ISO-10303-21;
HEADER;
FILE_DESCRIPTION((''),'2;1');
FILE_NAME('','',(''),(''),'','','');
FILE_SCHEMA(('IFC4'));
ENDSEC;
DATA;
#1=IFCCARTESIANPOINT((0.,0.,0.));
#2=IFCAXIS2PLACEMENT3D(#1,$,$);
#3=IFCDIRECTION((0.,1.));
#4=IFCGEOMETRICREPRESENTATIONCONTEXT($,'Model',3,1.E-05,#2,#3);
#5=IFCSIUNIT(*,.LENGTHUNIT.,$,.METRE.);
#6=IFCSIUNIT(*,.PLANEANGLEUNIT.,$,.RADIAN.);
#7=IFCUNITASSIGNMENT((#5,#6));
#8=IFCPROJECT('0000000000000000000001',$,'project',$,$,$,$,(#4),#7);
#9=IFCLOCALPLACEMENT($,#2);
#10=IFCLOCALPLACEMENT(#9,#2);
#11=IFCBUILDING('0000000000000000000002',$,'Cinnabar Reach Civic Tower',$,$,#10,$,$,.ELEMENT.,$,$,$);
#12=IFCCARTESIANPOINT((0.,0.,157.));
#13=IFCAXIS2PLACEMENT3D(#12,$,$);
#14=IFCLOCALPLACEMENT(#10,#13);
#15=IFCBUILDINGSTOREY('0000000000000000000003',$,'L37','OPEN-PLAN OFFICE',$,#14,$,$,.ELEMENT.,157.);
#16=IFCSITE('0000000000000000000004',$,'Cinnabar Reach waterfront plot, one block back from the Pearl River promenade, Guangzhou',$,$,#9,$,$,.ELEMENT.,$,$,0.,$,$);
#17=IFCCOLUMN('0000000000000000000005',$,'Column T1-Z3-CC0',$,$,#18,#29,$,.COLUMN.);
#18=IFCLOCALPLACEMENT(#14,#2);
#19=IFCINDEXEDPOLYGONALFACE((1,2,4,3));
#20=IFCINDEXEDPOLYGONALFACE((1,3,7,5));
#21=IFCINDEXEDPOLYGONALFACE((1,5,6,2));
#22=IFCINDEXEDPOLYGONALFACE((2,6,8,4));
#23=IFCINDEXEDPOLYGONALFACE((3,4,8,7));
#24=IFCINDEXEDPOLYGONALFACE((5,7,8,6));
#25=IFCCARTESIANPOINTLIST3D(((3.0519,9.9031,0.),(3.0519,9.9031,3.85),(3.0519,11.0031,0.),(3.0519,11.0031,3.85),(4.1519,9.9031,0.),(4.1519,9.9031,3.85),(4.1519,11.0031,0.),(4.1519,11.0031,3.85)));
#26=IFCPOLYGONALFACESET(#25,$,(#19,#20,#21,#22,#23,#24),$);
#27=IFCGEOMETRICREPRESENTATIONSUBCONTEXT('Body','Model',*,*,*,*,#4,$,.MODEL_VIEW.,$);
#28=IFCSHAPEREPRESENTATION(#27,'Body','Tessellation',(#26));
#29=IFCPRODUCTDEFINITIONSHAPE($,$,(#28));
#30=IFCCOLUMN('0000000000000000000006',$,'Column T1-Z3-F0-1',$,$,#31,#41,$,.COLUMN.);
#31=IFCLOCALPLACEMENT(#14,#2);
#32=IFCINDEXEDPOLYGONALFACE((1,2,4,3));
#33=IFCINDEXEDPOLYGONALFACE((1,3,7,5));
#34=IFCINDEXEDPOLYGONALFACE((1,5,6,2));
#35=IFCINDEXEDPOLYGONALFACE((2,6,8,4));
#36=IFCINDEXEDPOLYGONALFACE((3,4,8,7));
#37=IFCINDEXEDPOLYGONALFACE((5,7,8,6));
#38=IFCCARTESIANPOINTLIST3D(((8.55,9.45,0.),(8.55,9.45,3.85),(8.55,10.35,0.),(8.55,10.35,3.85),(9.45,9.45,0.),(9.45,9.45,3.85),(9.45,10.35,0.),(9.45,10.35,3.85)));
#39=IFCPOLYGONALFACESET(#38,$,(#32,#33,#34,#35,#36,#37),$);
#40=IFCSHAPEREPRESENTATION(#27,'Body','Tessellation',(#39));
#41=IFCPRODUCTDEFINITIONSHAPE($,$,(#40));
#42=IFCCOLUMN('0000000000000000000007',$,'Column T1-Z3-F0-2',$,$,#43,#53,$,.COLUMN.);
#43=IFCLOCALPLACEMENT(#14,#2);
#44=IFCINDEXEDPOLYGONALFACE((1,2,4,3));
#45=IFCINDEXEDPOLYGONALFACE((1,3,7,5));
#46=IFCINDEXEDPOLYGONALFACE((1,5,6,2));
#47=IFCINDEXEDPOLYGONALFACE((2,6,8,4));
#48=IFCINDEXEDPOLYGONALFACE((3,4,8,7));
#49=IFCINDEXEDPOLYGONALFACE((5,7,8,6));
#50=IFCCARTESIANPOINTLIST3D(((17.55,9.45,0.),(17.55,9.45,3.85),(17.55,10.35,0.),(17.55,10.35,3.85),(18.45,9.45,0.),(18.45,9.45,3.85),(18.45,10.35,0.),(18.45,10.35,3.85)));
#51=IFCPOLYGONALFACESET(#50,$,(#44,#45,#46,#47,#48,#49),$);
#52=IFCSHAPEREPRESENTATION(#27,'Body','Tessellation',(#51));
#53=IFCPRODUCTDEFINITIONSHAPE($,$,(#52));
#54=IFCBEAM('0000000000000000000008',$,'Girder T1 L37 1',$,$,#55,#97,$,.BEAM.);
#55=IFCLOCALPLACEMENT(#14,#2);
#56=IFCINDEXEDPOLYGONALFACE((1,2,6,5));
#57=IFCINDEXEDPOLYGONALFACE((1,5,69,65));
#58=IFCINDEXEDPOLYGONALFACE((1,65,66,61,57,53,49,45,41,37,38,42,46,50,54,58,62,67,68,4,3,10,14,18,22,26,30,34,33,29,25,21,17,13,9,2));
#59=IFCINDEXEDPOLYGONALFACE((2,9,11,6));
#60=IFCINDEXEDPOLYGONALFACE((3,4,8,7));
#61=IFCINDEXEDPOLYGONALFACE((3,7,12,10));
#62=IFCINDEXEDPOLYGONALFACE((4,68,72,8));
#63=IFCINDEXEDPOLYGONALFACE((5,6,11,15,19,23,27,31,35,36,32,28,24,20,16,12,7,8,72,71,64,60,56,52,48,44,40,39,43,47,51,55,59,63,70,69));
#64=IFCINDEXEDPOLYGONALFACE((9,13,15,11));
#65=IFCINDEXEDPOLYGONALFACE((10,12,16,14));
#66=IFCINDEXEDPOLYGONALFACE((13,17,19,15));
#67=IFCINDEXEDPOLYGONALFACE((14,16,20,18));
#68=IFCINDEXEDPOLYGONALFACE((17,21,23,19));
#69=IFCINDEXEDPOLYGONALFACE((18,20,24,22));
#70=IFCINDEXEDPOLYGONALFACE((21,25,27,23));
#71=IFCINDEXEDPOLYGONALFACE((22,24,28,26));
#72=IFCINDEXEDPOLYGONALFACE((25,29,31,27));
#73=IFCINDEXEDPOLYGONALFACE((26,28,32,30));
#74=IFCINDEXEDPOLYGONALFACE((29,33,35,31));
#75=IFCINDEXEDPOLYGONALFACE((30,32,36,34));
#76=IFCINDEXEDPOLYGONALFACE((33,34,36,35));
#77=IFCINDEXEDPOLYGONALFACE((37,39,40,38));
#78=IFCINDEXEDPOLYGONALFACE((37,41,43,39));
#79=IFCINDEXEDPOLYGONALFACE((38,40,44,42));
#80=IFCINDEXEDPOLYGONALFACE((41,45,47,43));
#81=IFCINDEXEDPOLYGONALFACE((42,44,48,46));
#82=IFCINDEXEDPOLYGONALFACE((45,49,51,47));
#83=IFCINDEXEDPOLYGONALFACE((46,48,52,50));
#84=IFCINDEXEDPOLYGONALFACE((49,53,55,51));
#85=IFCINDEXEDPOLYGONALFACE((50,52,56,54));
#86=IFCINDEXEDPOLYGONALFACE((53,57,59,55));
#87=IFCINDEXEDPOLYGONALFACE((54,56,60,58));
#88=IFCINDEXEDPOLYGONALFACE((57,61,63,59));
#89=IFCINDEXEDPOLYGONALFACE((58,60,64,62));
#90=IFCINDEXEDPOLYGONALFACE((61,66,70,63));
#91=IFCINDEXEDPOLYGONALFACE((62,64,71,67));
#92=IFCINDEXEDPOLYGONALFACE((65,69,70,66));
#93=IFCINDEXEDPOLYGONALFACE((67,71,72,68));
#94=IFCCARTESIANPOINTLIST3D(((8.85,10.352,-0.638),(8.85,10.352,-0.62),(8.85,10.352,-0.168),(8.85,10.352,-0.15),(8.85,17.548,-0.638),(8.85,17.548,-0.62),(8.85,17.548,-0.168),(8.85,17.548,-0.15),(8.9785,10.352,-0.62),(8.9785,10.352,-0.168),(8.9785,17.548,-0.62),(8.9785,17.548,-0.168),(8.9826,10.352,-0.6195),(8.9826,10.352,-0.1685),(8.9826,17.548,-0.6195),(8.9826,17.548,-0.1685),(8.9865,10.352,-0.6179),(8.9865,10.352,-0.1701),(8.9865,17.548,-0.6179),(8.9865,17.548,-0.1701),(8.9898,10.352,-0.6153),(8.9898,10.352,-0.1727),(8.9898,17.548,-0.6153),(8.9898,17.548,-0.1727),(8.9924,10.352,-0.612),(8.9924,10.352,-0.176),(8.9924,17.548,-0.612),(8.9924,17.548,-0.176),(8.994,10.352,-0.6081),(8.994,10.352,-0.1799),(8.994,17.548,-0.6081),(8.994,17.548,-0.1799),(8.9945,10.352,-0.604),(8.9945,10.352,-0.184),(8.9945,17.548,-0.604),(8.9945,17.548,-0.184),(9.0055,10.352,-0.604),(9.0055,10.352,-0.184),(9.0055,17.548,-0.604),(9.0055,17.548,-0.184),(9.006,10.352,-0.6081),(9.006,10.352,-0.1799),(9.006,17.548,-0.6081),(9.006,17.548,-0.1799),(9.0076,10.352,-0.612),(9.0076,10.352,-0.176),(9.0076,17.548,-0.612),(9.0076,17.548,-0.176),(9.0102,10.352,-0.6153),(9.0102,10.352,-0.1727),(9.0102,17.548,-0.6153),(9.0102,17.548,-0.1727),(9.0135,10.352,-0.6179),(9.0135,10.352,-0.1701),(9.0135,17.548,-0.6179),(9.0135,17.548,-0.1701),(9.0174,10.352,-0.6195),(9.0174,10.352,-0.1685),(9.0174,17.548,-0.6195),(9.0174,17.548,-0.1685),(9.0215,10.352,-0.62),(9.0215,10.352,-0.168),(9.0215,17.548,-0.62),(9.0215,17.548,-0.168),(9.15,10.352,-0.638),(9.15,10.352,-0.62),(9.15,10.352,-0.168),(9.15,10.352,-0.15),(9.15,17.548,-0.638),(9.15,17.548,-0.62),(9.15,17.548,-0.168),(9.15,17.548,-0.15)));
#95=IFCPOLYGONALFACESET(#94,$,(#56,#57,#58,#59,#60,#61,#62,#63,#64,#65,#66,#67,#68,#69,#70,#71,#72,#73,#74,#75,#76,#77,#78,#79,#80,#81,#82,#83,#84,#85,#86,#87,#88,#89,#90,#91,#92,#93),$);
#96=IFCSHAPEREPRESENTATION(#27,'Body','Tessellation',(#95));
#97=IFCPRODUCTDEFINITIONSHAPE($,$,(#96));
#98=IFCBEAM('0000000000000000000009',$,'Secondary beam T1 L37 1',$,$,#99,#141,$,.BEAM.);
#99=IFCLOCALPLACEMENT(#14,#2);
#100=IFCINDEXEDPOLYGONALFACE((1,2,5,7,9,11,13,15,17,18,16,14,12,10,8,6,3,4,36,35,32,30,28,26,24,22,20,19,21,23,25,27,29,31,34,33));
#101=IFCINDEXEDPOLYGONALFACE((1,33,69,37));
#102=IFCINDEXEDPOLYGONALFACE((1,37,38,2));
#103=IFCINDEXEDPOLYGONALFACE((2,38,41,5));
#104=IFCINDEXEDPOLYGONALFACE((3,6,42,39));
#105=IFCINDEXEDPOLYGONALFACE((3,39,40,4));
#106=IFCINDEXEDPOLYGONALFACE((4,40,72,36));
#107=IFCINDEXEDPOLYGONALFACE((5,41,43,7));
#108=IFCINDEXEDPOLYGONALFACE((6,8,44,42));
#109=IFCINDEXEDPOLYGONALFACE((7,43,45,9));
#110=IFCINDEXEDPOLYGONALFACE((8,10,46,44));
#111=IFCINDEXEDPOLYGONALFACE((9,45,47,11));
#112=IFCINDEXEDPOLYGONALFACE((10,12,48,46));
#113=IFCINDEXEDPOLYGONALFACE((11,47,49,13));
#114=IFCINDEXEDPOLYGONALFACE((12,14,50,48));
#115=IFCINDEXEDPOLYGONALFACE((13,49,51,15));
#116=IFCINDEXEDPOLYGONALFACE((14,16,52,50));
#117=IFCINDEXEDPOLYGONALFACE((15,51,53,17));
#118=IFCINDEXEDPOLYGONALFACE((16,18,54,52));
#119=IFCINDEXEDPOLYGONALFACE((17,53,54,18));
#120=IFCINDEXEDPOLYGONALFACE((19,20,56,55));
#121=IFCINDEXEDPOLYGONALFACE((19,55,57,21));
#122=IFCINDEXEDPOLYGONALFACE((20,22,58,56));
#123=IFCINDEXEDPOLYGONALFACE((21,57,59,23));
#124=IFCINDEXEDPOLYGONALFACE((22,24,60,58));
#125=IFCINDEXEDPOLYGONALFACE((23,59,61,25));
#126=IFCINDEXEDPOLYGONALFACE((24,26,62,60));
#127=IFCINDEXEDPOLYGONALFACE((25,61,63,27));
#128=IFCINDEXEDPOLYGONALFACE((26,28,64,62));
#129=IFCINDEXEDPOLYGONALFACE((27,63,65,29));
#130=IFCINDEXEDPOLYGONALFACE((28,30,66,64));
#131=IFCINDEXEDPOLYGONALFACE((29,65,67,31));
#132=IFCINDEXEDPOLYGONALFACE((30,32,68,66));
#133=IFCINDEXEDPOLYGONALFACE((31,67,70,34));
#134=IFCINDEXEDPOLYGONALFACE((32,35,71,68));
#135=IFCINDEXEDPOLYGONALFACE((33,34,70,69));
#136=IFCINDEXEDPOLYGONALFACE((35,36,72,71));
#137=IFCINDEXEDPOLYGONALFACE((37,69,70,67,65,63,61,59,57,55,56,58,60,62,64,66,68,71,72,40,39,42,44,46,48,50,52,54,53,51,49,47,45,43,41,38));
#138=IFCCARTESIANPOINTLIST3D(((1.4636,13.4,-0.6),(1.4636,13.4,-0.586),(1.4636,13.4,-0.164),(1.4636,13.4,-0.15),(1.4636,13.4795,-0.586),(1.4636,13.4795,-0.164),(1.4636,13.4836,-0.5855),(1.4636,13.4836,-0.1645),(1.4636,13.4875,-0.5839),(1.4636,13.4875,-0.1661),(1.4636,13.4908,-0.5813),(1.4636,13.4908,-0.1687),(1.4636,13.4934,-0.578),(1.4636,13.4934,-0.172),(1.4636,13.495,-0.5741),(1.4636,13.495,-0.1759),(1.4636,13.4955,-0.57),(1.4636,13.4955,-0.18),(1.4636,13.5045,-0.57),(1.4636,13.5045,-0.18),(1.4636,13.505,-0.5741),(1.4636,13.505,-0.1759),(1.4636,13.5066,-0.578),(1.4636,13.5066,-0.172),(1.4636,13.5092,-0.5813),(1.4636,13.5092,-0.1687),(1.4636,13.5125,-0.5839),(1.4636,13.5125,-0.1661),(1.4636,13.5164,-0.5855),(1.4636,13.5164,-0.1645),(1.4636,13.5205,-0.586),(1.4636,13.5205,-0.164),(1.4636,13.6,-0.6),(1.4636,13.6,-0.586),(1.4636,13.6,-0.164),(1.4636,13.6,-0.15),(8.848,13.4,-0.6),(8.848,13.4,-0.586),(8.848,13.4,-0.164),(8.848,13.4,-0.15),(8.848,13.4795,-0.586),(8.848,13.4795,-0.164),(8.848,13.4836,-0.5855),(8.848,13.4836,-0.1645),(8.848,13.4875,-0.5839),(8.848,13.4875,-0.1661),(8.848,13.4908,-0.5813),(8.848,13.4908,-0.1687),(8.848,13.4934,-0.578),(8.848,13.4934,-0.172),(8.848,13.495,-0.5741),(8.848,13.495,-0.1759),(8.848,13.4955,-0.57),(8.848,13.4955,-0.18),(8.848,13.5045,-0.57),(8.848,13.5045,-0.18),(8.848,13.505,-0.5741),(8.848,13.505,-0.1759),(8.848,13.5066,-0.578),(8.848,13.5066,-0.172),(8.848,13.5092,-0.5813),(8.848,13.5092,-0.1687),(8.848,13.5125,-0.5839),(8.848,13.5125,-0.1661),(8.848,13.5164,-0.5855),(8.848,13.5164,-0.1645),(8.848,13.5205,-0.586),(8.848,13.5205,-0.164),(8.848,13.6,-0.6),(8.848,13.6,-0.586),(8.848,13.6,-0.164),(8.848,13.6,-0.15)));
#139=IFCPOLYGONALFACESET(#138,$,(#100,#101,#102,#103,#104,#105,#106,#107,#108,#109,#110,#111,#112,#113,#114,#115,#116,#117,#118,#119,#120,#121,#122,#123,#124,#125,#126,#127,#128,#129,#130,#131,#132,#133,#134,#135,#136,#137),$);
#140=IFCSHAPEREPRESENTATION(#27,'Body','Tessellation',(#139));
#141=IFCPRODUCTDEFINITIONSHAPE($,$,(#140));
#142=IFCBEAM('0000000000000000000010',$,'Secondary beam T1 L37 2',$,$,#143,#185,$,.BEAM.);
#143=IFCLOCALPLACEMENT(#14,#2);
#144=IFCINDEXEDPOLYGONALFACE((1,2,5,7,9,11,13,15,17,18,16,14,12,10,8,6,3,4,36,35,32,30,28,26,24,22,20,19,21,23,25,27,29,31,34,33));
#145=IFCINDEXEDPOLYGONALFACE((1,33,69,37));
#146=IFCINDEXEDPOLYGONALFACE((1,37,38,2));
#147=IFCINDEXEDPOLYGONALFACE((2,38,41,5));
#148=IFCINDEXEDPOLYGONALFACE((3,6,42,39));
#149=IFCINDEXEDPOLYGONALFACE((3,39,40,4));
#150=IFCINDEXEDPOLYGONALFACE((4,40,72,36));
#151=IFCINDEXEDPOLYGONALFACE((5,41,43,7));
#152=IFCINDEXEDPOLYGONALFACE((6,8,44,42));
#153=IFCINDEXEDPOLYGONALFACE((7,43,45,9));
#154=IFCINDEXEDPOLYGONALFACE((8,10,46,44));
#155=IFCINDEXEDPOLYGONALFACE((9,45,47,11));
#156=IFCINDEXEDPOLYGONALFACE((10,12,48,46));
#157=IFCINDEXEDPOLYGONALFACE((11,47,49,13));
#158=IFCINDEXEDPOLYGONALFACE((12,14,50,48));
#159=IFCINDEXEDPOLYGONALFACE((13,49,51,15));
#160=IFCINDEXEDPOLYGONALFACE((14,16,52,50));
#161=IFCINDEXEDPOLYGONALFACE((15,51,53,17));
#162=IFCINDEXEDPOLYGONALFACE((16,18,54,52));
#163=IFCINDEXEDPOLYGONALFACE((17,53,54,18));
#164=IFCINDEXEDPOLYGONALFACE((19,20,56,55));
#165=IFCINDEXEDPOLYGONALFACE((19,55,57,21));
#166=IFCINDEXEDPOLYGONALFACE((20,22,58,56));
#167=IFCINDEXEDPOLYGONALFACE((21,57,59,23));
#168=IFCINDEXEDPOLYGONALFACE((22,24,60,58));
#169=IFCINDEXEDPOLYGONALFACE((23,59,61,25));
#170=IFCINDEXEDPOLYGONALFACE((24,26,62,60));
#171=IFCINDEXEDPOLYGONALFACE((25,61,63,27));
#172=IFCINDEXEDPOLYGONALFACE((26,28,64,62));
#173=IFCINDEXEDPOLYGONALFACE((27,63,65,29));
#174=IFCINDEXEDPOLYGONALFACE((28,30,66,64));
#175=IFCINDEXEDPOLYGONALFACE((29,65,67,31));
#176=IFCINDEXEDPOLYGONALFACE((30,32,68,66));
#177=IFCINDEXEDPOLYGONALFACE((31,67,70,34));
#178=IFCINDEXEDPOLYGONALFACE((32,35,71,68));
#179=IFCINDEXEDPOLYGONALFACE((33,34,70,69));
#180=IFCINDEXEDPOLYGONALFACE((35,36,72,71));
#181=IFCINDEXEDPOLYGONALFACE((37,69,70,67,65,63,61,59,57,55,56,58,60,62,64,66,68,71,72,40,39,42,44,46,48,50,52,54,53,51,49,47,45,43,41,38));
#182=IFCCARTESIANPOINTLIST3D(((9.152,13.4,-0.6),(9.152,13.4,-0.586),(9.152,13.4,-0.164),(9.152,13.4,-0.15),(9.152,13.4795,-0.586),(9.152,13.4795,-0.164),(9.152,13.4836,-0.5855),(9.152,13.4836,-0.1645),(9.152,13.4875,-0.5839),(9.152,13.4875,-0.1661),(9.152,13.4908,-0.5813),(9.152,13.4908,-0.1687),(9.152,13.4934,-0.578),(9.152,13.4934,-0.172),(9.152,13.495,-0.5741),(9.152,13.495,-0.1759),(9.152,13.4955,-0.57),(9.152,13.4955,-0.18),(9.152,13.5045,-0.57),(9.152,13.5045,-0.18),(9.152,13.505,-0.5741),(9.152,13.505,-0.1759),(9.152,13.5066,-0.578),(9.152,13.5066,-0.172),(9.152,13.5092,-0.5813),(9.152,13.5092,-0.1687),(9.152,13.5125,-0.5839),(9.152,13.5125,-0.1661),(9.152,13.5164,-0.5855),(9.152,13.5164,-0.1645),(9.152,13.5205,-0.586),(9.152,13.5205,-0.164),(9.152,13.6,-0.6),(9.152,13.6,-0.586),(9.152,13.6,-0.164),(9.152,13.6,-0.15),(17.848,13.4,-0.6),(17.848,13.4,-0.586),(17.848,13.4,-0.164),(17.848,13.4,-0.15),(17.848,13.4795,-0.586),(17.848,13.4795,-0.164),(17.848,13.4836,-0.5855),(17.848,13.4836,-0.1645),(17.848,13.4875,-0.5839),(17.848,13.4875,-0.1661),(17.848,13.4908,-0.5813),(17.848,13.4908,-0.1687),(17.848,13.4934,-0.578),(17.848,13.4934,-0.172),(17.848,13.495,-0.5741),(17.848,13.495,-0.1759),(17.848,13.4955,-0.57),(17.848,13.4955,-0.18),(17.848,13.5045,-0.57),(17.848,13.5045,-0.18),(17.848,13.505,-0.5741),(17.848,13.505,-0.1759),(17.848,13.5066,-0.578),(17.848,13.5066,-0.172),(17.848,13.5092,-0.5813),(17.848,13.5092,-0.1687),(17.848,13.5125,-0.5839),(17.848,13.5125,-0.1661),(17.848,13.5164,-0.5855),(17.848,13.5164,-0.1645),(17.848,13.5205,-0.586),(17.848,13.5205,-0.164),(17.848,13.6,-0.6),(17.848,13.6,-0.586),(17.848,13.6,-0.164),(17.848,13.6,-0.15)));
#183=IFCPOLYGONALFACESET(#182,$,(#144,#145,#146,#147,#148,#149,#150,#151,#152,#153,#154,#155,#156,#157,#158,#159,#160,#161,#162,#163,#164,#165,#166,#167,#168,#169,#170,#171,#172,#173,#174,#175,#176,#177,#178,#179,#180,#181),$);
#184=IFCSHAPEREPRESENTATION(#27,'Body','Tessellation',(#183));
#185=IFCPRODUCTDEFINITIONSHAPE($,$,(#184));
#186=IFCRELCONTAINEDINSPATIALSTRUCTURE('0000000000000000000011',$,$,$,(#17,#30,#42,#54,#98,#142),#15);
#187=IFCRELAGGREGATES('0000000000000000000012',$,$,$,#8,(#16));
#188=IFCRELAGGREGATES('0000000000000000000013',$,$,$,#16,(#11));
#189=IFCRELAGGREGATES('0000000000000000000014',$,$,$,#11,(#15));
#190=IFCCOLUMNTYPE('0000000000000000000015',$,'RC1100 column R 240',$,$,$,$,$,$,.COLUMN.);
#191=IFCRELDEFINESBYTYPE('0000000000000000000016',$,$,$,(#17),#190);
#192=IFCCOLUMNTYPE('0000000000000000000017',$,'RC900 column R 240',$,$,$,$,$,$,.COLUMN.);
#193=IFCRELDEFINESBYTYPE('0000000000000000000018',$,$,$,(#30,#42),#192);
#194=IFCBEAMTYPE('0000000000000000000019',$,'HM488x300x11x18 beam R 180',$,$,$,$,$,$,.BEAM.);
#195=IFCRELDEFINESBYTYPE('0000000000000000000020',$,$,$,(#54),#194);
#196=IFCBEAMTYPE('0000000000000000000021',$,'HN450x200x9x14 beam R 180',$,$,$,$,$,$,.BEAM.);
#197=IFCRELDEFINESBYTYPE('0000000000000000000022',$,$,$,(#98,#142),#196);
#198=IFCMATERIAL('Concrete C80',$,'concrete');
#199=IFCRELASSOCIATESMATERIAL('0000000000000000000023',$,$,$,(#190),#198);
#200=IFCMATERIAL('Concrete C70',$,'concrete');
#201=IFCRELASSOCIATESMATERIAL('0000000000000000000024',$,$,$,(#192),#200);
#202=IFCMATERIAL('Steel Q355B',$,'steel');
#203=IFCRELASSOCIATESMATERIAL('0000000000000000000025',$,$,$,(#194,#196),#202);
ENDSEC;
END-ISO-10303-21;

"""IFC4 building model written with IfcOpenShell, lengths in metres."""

from ifc_helpers import new_model, si_unit, direction, frame, origin, origin_2d, place, context, subcontext, project, spatial, rectangle, i_section, extrude, material, material_profile, profile_set, type_object, element, save


model = new_model("IFC4")

# Units and contexts
model_context = context("Model", 3, precision=1e-05, world=origin(), true_north=direction((0.0, 1.0)))
body_context = subcontext(model_context, "Body", "Model", "MODEL_VIEW")
ifc_project = project(units=[si_unit("LENGTHUNIT", "METRE"), si_unit("PLANEANGLEUNIT", "RADIAN")], contexts=[model_context])

# Site, building, storey
site_placement = place(None, origin())
site = spatial("IfcSite", under=ifc_project, at=site_placement, Name="Cinnabar Reach waterfront plot, one block back from the Pearl River promenade, Guangzhou", CompositionType="ELEMENT", RefElevation=0.0)
building_placement = place(site_placement, origin())
building = spatial("IfcBuilding", under=site, at=building_placement, Name="Cinnabar Reach Civic Tower", CompositionType="ELEMENT")
storey_placement = place(building_placement, frame((0.0, 0.0, 157.0)))
storey = spatial("IfcBuildingStorey", under=building, at=storey_placement, Name="L37", Description="OPEN-PLAN OFFICE", CompositionType="ELEMENT", Elevation=157.0)

# Columns
ifc_material_1 = material(Name="Concrete C80", Category="concrete")
ifc_material_profile_1 = material_profile(ifc_material_1, rectangle(XDim=1.1, YDim=1.1, at=origin_2d()), Name="RC1100")
ifc_profile_set_1 = profile_set([ifc_material_profile_1], Name="Concrete C80")
column_type_1 = type_object("IfcColumnType", Name="RC1100 column R 240", PredefinedType="COLUMN", material=ifc_profile_set_1)
column_placement = place(storey_placement, frame((3.6019, 10.4531, 0.0), z_axis=(0.0, 0.0, 1.0), x_axis=(1.0, 0.0, 0.0)))
element("IfcColumn", 1, at=column_placement, inside=storey, type_object=column_type_1, Name="Column T1-Z3-CC0", PredefinedType="COLUMN", context=body_context, shape_type="SweptSolid", body=[
    extrude(rectangle(XDim=1.1, YDim=1.1, at=origin_2d()), origin(), (0.0, 0.0, 1.0), 3.85),
])
ifc_material_2 = material(Name="Concrete C70", Category="concrete")
ifc_material_profile_2 = material_profile(ifc_material_2, rectangle(XDim=0.9, YDim=0.9, at=origin_2d()), Name="RC900")
ifc_profile_set_2 = profile_set([ifc_material_profile_2], Name="Concrete C70")
column_type_2 = type_object("IfcColumnType", Name="RC900 column R 240", PredefinedType="COLUMN", material=ifc_profile_set_2)
for number, where, z_axis, x_axis, name in (
    (2, (9.0, 9.9, 0.0), (0.0, 0.0, 1.0), (1.0, 0.0, 0.0), "Column T1-Z3-F0-1"),
    (3, (18.0, 9.9, 0.0), (0.0, 0.0, 1.0), (1.0, 0.0, 0.0), "Column T1-Z3-F0-2"),
):
    element("IfcColumn", number, at=place(storey_placement, frame(where, z_axis=z_axis, x_axis=x_axis)), inside=storey, type_object=column_type_2, Name=name, PredefinedType="COLUMN", context=body_context, shape_type="SweptSolid", body=[
        extrude(rectangle(XDim=0.9, YDim=0.9, at=origin_2d()), origin(), (0.0, 0.0, 1.0), 3.85),
    ])

# Beams
ifc_material_3 = material(Name="Steel Q355B", Category="steel")
ifc_material_profile_3 = material_profile(ifc_material_3, i_section(OverallWidth=0.3, OverallDepth=0.488, WebThickness=0.011, FlangeThickness=0.018, FilletRadius=0.016, at=origin_2d()), Name="HM488x300x11x18")
ifc_profile_set_3 = profile_set([ifc_material_profile_3], Name="Steel Q355B")
beam_type_1 = type_object("IfcBeamType", Name="HM488x300x11x18 beam R 180", PredefinedType="BEAM", material=ifc_profile_set_3)
beam_1_placement = place(storey_placement, frame((9.0, 10.352, -0.394), z_axis=(0.0, 1.0, 0.0), x_axis=(-1.0, 0.0, 0.0)))
element("IfcBeam", 4, at=beam_1_placement, inside=storey, type_object=beam_type_1, Name="Girder T1 L37 1", PredefinedType="BEAM", context=body_context, shape_type="SweptSolid", body=[
    extrude(i_section(OverallWidth=0.3, OverallDepth=0.488, WebThickness=0.011, FlangeThickness=0.018, FilletRadius=0.016, at=origin_2d()), origin(), (0.0, 0.0, 1.0), 7.196),
])
ifc_material_profile_4 = material_profile(ifc_material_3, i_section(OverallWidth=0.2, OverallDepth=0.45, WebThickness=0.009, FlangeThickness=0.014, FilletRadius=0.016, at=origin_2d()), Name="HN450x200x9x14")
ifc_profile_set_4 = profile_set([ifc_material_profile_4], Name="Steel Q355B")
beam_type_2 = type_object("IfcBeamType", Name="HN450x200x9x14 beam R 180", PredefinedType="BEAM", material=ifc_profile_set_4)
beam_2_placement = place(storey_placement, frame((1.4636, 13.5, -0.375), z_axis=(1.0, 0.0, 0.0), x_axis=(0.0, 1.0, 0.0)))
element("IfcBeam", 5, at=beam_2_placement, inside=storey, type_object=beam_type_2, Name="Secondary beam T1 L37 1", PredefinedType="BEAM", context=body_context, shape_type="SweptSolid", body=[
    extrude(i_section(OverallWidth=0.2, OverallDepth=0.45, WebThickness=0.009, FlangeThickness=0.014, FilletRadius=0.016, at=origin_2d()), origin(), (0.0, 0.0, 1.0), 7.3844),
])
beam_3_placement = place(storey_placement, frame((9.152, 13.5, -0.375), z_axis=(1.0, 0.0, 0.0), x_axis=(0.0, 1.0, 0.0)))
element("IfcBeam", 6, at=beam_3_placement, inside=storey, type_object=beam_type_2, Name="Secondary beam T1 L37 2", PredefinedType="BEAM", context=body_context, shape_type="SweptSolid", body=[
    extrude(i_section(OverallWidth=0.2, OverallDepth=0.45, WebThickness=0.009, FlangeThickness=0.014, FilletRadius=0.016, at=origin_2d()), origin(), (0.0, 0.0, 1.0), 8.696),
])

save(model, "model.ifc")
